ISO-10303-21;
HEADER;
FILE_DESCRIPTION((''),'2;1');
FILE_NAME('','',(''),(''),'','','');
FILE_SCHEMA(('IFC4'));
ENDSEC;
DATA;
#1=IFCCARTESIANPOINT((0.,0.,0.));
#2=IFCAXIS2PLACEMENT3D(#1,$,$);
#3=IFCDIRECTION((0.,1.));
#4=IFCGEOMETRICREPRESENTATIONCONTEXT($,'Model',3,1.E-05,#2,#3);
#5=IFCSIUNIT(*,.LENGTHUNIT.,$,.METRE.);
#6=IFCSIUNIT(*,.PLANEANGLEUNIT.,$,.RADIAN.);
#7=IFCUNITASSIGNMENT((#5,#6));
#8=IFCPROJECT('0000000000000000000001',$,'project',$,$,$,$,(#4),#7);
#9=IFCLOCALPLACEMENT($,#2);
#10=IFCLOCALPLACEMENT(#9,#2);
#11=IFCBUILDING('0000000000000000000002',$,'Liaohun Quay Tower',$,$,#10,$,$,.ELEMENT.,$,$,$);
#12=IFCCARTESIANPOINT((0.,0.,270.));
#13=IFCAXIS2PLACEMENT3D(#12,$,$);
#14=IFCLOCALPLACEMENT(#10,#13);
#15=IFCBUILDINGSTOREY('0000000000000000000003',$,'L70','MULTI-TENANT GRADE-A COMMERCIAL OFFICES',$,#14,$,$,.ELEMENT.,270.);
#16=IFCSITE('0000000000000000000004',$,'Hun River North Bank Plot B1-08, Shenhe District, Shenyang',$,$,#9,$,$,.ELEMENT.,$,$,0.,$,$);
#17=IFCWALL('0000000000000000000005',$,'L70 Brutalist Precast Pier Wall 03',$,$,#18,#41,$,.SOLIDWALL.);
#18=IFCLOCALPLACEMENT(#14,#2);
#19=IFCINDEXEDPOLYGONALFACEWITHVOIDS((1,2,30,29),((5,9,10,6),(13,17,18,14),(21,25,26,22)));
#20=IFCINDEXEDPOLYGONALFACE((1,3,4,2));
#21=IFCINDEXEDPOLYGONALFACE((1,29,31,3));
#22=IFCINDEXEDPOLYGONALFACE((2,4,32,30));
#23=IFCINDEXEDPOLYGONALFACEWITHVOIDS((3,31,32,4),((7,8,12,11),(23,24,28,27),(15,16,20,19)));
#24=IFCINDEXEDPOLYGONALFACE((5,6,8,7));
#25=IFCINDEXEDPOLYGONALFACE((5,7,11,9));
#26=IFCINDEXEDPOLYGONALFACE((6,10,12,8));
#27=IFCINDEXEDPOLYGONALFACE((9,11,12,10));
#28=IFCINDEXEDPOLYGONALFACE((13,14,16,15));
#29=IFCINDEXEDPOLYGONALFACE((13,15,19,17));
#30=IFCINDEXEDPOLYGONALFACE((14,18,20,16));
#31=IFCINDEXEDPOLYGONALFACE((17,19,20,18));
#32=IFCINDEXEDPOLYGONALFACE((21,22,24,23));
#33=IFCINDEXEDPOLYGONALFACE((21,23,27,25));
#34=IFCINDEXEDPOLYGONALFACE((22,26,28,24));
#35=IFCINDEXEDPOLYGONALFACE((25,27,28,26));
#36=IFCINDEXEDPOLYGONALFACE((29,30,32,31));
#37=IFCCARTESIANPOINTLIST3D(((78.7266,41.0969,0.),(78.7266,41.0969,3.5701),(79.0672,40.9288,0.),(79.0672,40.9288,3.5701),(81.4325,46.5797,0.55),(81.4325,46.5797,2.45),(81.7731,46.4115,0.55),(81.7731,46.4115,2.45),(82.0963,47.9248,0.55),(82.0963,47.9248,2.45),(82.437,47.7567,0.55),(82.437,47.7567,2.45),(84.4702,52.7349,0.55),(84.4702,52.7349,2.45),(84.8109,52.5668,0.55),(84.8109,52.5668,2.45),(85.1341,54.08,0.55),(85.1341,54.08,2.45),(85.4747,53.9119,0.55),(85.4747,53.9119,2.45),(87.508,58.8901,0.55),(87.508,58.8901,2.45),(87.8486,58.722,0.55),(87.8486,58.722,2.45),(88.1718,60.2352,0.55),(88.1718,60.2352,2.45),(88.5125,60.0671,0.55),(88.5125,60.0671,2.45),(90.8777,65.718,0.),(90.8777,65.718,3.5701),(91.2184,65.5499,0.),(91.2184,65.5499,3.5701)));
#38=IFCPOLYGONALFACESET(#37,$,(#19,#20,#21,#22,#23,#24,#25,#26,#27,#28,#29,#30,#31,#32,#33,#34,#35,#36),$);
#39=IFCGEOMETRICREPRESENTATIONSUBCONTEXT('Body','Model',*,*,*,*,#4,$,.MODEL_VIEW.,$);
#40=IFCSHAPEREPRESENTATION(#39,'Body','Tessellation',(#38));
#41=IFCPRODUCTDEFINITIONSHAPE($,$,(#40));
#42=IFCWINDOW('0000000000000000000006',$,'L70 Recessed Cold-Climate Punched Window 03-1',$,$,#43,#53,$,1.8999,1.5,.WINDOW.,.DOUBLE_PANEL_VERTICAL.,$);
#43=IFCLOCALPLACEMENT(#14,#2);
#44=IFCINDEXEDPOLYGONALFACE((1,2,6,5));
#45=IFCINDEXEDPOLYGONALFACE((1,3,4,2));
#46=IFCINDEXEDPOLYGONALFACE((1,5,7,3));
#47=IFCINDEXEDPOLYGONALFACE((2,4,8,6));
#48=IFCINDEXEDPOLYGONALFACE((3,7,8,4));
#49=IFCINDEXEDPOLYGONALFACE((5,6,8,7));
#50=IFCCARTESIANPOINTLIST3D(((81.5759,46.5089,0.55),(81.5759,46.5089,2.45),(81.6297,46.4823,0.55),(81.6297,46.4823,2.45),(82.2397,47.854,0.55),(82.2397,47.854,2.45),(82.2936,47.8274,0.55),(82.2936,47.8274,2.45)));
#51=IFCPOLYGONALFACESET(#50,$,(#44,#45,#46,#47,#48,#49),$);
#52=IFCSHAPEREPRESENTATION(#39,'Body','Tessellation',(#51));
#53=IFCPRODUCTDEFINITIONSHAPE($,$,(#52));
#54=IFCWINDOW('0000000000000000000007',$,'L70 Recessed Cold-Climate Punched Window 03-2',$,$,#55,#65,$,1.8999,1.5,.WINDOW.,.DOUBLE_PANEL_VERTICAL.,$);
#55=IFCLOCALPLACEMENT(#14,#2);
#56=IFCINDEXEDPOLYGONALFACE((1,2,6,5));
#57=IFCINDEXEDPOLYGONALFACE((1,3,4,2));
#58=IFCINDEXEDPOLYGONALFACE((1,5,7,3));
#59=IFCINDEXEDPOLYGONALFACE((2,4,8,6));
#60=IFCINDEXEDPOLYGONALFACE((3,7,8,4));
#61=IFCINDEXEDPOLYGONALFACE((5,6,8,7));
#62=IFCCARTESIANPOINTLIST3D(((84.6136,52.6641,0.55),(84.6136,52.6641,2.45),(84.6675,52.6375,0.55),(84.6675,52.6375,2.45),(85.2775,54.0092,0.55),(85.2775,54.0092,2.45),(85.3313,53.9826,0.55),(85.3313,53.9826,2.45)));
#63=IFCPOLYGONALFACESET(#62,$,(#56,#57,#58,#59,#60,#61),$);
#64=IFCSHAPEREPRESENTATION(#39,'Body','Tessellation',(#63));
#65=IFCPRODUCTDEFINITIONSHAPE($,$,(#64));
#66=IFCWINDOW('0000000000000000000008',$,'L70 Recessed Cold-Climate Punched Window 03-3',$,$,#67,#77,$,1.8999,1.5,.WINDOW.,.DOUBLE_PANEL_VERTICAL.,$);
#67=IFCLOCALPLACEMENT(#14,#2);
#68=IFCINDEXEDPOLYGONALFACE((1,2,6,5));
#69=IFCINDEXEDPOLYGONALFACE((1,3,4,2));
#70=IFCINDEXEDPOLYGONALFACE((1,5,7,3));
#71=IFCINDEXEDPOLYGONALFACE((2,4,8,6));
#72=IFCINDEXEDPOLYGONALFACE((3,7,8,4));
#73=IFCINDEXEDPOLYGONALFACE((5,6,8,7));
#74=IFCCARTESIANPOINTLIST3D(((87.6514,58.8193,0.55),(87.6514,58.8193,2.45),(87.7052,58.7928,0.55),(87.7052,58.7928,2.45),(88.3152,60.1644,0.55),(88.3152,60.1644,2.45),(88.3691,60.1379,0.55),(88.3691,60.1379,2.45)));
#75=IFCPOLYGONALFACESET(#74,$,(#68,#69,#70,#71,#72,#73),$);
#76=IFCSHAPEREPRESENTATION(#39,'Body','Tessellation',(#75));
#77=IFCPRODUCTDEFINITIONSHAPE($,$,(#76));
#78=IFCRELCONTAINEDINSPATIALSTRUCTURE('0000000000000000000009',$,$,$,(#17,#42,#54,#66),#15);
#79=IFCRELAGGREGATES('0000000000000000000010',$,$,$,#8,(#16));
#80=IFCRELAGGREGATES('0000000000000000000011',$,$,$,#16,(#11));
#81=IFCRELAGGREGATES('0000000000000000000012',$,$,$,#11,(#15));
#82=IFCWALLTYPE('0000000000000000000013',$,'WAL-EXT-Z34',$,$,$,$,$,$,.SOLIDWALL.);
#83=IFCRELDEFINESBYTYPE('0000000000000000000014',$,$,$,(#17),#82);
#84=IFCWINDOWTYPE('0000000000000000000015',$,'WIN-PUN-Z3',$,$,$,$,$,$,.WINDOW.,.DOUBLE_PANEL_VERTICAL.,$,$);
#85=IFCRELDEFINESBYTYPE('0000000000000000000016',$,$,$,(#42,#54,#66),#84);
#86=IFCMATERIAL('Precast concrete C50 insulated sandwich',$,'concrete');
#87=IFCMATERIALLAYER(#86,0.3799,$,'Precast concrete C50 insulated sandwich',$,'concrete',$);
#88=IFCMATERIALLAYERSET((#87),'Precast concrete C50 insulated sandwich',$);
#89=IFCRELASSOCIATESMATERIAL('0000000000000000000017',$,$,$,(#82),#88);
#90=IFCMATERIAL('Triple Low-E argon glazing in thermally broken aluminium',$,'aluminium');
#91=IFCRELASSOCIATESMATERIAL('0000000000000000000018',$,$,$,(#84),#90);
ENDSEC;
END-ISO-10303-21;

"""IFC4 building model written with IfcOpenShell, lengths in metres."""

from ifc_helpers import new_model, si_unit, direction, frame, frame_2d, origin, place, context, subcontext, project, spatial, rectangle, extrude, source, transform, mapped, material, layer, layer_set, type_object, element, fill, save


model = new_model("IFC4")

# Units and contexts
model_context = context("Model", 3, precision=1e-05, world=origin(), true_north=direction((0.0, 1.0)))
body_context = subcontext(model_context, "Body", "Model", "MODEL_VIEW")
ifc_project = project(units=[si_unit("LENGTHUNIT", "METRE"), si_unit("PLANEANGLEUNIT", "RADIAN")], contexts=[model_context])

# Site, building, storey
site_placement = place(None, origin())
site = spatial("IfcSite", under=ifc_project, at=site_placement, Name="Hun River North Bank Plot B1-08, Shenhe District, Shenyang", CompositionType="ELEMENT", RefElevation=0.0)
building_placement = place(site_placement, origin())
building = spatial("IfcBuilding", under=site, at=building_placement, Name="Liaohun Quay Tower", CompositionType="ELEMENT")
storey_placement = place(building_placement, frame((0.0, 0.0, 270.0)))
storey = spatial("IfcBuildingStorey", under=building, at=storey_placement, Name="L70", Description="MULTI-TENANT GRADE-A COMMERCIAL OFFICES", CompositionType="ELEMENT", Elevation=270.0)

# Shared definitions
ifc_material_1 = material(Name="Precast concrete C50 insulated sandwich", Category="concrete")
ifc_layer_1 = layer(ifc_material_1, 0.3799, Name="Precast concrete C50 insulated sandwich", Category="concrete")
ifc_layer_set_1 = layer_set([ifc_layer_1], Name="Precast concrete C50 insulated sandwich")
wall_type_1 = type_object("IfcWallType", Name="WAL-EXT-Z34", PredefinedType="SOLIDWALL", material=ifc_layer_set_1)

# Wall, openings, windows
shared_shape_1 = source(origin(), body_context, "Body", "SweptSolid", [
    extrude(rectangle(XDim=1.5, YDim=1.8999, at=frame_2d((0.75, 0.95))), frame((0.0, 0.2, 0.0), z_axis=(0.0, -1.0, 0.0), x_axis=(1.0, 0.0, 0.0)), (0.0, 0.0, 1.0), 0.3999),
])
ifc_material_2 = material(Name="Triple Low-E argon glazing in thermally broken aluminium", Category="aluminium")
window_type_1 = type_object("IfcWindowType", Name="WIN-PUN-Z3", PartitioningType="DOUBLE_PANEL_VERTICAL", PredefinedType="WINDOW", material=ifc_material_2)
shared_shape_2 = source(origin(), body_context, "Body", "SweptSolid", [
    extrude(rectangle(XDim=1.5, YDim=1.8999, at=frame_2d((0.75, 0.95))), frame((0.0, 0.03, 0.0), z_axis=(0.0, -1.0, 0.0), x_axis=(1.0, 0.0, 0.0)), (0.0, 0.0, 1.0), 0.0601),
])
wall_1_placement = place(storey_placement, frame((78.897, 41.0129, 0.0), z_axis=(0.0, 0.0, 1.0), x_axis=(0.442562, 0.896738, 0.0)))
wall_1 = element("IfcWall", 1, at=wall_1_placement, inside=storey, type_object=wall_type_1, Name="L70 Brutalist Precast Pier Wall 03", PredefinedType="SOLIDWALL", context=body_context, shape_type="SweptSolid", body=[
    extrude(rectangle(XDim=27.4563, YDim=0.3799, at=frame_2d((13.728, 0.0))), origin(), (0.0, 0.0, 1.0), 3.5701),
])
opening_1_placement = place(wall_1_placement, frame((6.114, 0.0, 0.55)))
opening_1 = element("IfcOpeningElement", 2, at=opening_1_placement, cuts=wall_1, PredefinedType="OPENING", context=body_context, shape_type="MappedRepresentation", body=[
    mapped(shared_shape_1, transform((0.0, 0.0, 0.0), x_axis=(1.0, 0.0, 0.0), y_axis=(0.0, 1.0, 0.0), z_axis=(0.0, 0.0, 1.0), scale=1.0)),
])
opening_2_placement = place(wall_1_placement, frame((12.978, 0.0, 0.55)))
opening_2 = element("IfcOpeningElement", 3, at=opening_2_placement, cuts=wall_1, PredefinedType="OPENING", context=body_context, shape_type="MappedRepresentation", body=[
    mapped(shared_shape_1, transform((0.0, 0.0, 0.0), x_axis=(1.0, 0.0, 0.0), y_axis=(0.0, 1.0, 0.0), z_axis=(0.0, 0.0, 1.0), scale=1.0)),
])
opening_3_placement = place(wall_1_placement, frame((19.842, 0.0, 0.55)))
opening_3 = element("IfcOpeningElement", 4, at=opening_3_placement, cuts=wall_1, PredefinedType="OPENING", context=body_context, shape_type="MappedRepresentation", body=[
    mapped(shared_shape_1, transform((0.0, 0.0, 0.0), x_axis=(1.0, 0.0, 0.0), y_axis=(0.0, 1.0, 0.0), z_axis=(0.0, 0.0, 1.0), scale=1.0)),
])
window_1_placement = place(opening_1_placement, origin())
window_1 = element("IfcWindow", 5, at=window_1_placement, inside=storey, type_object=window_type_1, Name="L70 Recessed Cold-Climate Punched Window 03-1", OverallHeight=1.8999, OverallWidth=1.5, PartitioningType="DOUBLE_PANEL_VERTICAL", PredefinedType="WINDOW", context=body_context, shape_type="MappedRepresentation", body=[
    mapped(shared_shape_2, transform((0.0, 0.0, 0.0), x_axis=(1.0, 0.0, 0.0), y_axis=(0.0, 1.0, 0.0), z_axis=(0.0, 0.0, 1.0), scale=1.0)),
])
fill(opening_1, window_1)
window_2_placement = place(opening_2_placement, origin())
window_2 = element("IfcWindow", 6, at=window_2_placement, inside=storey, type_object=window_type_1, Name="L70 Recessed Cold-Climate Punched Window 03-2", OverallHeight=1.8999, OverallWidth=1.5, PartitioningType="DOUBLE_PANEL_VERTICAL", PredefinedType="WINDOW", context=body_context, shape_type="MappedRepresentation", body=[
    mapped(shared_shape_2, transform((0.0, 0.0, 0.0), x_axis=(1.0, 0.0, 0.0), y_axis=(0.0, 1.0, 0.0), z_axis=(0.0, 0.0, 1.0), scale=1.0)),
])
fill(opening_2, window_2)
window_3_placement = place(opening_3_placement, origin())
window_3 = element("IfcWindow", 7, at=window_3_placement, inside=storey, type_object=window_type_1, Name="L70 Recessed Cold-Climate Punched Window 03-3", OverallHeight=1.8999, OverallWidth=1.5, PartitioningType="DOUBLE_PANEL_VERTICAL", PredefinedType="WINDOW", context=body_context, shape_type="MappedRepresentation", body=[
    mapped(shared_shape_2, transform((0.0, 0.0, 0.0), x_axis=(1.0, 0.0, 0.0), y_axis=(0.0, 1.0, 0.0), z_axis=(0.0, 0.0, 1.0), scale=1.0)),
])
fill(opening_3, window_3)

save(model, "model.ifc")
